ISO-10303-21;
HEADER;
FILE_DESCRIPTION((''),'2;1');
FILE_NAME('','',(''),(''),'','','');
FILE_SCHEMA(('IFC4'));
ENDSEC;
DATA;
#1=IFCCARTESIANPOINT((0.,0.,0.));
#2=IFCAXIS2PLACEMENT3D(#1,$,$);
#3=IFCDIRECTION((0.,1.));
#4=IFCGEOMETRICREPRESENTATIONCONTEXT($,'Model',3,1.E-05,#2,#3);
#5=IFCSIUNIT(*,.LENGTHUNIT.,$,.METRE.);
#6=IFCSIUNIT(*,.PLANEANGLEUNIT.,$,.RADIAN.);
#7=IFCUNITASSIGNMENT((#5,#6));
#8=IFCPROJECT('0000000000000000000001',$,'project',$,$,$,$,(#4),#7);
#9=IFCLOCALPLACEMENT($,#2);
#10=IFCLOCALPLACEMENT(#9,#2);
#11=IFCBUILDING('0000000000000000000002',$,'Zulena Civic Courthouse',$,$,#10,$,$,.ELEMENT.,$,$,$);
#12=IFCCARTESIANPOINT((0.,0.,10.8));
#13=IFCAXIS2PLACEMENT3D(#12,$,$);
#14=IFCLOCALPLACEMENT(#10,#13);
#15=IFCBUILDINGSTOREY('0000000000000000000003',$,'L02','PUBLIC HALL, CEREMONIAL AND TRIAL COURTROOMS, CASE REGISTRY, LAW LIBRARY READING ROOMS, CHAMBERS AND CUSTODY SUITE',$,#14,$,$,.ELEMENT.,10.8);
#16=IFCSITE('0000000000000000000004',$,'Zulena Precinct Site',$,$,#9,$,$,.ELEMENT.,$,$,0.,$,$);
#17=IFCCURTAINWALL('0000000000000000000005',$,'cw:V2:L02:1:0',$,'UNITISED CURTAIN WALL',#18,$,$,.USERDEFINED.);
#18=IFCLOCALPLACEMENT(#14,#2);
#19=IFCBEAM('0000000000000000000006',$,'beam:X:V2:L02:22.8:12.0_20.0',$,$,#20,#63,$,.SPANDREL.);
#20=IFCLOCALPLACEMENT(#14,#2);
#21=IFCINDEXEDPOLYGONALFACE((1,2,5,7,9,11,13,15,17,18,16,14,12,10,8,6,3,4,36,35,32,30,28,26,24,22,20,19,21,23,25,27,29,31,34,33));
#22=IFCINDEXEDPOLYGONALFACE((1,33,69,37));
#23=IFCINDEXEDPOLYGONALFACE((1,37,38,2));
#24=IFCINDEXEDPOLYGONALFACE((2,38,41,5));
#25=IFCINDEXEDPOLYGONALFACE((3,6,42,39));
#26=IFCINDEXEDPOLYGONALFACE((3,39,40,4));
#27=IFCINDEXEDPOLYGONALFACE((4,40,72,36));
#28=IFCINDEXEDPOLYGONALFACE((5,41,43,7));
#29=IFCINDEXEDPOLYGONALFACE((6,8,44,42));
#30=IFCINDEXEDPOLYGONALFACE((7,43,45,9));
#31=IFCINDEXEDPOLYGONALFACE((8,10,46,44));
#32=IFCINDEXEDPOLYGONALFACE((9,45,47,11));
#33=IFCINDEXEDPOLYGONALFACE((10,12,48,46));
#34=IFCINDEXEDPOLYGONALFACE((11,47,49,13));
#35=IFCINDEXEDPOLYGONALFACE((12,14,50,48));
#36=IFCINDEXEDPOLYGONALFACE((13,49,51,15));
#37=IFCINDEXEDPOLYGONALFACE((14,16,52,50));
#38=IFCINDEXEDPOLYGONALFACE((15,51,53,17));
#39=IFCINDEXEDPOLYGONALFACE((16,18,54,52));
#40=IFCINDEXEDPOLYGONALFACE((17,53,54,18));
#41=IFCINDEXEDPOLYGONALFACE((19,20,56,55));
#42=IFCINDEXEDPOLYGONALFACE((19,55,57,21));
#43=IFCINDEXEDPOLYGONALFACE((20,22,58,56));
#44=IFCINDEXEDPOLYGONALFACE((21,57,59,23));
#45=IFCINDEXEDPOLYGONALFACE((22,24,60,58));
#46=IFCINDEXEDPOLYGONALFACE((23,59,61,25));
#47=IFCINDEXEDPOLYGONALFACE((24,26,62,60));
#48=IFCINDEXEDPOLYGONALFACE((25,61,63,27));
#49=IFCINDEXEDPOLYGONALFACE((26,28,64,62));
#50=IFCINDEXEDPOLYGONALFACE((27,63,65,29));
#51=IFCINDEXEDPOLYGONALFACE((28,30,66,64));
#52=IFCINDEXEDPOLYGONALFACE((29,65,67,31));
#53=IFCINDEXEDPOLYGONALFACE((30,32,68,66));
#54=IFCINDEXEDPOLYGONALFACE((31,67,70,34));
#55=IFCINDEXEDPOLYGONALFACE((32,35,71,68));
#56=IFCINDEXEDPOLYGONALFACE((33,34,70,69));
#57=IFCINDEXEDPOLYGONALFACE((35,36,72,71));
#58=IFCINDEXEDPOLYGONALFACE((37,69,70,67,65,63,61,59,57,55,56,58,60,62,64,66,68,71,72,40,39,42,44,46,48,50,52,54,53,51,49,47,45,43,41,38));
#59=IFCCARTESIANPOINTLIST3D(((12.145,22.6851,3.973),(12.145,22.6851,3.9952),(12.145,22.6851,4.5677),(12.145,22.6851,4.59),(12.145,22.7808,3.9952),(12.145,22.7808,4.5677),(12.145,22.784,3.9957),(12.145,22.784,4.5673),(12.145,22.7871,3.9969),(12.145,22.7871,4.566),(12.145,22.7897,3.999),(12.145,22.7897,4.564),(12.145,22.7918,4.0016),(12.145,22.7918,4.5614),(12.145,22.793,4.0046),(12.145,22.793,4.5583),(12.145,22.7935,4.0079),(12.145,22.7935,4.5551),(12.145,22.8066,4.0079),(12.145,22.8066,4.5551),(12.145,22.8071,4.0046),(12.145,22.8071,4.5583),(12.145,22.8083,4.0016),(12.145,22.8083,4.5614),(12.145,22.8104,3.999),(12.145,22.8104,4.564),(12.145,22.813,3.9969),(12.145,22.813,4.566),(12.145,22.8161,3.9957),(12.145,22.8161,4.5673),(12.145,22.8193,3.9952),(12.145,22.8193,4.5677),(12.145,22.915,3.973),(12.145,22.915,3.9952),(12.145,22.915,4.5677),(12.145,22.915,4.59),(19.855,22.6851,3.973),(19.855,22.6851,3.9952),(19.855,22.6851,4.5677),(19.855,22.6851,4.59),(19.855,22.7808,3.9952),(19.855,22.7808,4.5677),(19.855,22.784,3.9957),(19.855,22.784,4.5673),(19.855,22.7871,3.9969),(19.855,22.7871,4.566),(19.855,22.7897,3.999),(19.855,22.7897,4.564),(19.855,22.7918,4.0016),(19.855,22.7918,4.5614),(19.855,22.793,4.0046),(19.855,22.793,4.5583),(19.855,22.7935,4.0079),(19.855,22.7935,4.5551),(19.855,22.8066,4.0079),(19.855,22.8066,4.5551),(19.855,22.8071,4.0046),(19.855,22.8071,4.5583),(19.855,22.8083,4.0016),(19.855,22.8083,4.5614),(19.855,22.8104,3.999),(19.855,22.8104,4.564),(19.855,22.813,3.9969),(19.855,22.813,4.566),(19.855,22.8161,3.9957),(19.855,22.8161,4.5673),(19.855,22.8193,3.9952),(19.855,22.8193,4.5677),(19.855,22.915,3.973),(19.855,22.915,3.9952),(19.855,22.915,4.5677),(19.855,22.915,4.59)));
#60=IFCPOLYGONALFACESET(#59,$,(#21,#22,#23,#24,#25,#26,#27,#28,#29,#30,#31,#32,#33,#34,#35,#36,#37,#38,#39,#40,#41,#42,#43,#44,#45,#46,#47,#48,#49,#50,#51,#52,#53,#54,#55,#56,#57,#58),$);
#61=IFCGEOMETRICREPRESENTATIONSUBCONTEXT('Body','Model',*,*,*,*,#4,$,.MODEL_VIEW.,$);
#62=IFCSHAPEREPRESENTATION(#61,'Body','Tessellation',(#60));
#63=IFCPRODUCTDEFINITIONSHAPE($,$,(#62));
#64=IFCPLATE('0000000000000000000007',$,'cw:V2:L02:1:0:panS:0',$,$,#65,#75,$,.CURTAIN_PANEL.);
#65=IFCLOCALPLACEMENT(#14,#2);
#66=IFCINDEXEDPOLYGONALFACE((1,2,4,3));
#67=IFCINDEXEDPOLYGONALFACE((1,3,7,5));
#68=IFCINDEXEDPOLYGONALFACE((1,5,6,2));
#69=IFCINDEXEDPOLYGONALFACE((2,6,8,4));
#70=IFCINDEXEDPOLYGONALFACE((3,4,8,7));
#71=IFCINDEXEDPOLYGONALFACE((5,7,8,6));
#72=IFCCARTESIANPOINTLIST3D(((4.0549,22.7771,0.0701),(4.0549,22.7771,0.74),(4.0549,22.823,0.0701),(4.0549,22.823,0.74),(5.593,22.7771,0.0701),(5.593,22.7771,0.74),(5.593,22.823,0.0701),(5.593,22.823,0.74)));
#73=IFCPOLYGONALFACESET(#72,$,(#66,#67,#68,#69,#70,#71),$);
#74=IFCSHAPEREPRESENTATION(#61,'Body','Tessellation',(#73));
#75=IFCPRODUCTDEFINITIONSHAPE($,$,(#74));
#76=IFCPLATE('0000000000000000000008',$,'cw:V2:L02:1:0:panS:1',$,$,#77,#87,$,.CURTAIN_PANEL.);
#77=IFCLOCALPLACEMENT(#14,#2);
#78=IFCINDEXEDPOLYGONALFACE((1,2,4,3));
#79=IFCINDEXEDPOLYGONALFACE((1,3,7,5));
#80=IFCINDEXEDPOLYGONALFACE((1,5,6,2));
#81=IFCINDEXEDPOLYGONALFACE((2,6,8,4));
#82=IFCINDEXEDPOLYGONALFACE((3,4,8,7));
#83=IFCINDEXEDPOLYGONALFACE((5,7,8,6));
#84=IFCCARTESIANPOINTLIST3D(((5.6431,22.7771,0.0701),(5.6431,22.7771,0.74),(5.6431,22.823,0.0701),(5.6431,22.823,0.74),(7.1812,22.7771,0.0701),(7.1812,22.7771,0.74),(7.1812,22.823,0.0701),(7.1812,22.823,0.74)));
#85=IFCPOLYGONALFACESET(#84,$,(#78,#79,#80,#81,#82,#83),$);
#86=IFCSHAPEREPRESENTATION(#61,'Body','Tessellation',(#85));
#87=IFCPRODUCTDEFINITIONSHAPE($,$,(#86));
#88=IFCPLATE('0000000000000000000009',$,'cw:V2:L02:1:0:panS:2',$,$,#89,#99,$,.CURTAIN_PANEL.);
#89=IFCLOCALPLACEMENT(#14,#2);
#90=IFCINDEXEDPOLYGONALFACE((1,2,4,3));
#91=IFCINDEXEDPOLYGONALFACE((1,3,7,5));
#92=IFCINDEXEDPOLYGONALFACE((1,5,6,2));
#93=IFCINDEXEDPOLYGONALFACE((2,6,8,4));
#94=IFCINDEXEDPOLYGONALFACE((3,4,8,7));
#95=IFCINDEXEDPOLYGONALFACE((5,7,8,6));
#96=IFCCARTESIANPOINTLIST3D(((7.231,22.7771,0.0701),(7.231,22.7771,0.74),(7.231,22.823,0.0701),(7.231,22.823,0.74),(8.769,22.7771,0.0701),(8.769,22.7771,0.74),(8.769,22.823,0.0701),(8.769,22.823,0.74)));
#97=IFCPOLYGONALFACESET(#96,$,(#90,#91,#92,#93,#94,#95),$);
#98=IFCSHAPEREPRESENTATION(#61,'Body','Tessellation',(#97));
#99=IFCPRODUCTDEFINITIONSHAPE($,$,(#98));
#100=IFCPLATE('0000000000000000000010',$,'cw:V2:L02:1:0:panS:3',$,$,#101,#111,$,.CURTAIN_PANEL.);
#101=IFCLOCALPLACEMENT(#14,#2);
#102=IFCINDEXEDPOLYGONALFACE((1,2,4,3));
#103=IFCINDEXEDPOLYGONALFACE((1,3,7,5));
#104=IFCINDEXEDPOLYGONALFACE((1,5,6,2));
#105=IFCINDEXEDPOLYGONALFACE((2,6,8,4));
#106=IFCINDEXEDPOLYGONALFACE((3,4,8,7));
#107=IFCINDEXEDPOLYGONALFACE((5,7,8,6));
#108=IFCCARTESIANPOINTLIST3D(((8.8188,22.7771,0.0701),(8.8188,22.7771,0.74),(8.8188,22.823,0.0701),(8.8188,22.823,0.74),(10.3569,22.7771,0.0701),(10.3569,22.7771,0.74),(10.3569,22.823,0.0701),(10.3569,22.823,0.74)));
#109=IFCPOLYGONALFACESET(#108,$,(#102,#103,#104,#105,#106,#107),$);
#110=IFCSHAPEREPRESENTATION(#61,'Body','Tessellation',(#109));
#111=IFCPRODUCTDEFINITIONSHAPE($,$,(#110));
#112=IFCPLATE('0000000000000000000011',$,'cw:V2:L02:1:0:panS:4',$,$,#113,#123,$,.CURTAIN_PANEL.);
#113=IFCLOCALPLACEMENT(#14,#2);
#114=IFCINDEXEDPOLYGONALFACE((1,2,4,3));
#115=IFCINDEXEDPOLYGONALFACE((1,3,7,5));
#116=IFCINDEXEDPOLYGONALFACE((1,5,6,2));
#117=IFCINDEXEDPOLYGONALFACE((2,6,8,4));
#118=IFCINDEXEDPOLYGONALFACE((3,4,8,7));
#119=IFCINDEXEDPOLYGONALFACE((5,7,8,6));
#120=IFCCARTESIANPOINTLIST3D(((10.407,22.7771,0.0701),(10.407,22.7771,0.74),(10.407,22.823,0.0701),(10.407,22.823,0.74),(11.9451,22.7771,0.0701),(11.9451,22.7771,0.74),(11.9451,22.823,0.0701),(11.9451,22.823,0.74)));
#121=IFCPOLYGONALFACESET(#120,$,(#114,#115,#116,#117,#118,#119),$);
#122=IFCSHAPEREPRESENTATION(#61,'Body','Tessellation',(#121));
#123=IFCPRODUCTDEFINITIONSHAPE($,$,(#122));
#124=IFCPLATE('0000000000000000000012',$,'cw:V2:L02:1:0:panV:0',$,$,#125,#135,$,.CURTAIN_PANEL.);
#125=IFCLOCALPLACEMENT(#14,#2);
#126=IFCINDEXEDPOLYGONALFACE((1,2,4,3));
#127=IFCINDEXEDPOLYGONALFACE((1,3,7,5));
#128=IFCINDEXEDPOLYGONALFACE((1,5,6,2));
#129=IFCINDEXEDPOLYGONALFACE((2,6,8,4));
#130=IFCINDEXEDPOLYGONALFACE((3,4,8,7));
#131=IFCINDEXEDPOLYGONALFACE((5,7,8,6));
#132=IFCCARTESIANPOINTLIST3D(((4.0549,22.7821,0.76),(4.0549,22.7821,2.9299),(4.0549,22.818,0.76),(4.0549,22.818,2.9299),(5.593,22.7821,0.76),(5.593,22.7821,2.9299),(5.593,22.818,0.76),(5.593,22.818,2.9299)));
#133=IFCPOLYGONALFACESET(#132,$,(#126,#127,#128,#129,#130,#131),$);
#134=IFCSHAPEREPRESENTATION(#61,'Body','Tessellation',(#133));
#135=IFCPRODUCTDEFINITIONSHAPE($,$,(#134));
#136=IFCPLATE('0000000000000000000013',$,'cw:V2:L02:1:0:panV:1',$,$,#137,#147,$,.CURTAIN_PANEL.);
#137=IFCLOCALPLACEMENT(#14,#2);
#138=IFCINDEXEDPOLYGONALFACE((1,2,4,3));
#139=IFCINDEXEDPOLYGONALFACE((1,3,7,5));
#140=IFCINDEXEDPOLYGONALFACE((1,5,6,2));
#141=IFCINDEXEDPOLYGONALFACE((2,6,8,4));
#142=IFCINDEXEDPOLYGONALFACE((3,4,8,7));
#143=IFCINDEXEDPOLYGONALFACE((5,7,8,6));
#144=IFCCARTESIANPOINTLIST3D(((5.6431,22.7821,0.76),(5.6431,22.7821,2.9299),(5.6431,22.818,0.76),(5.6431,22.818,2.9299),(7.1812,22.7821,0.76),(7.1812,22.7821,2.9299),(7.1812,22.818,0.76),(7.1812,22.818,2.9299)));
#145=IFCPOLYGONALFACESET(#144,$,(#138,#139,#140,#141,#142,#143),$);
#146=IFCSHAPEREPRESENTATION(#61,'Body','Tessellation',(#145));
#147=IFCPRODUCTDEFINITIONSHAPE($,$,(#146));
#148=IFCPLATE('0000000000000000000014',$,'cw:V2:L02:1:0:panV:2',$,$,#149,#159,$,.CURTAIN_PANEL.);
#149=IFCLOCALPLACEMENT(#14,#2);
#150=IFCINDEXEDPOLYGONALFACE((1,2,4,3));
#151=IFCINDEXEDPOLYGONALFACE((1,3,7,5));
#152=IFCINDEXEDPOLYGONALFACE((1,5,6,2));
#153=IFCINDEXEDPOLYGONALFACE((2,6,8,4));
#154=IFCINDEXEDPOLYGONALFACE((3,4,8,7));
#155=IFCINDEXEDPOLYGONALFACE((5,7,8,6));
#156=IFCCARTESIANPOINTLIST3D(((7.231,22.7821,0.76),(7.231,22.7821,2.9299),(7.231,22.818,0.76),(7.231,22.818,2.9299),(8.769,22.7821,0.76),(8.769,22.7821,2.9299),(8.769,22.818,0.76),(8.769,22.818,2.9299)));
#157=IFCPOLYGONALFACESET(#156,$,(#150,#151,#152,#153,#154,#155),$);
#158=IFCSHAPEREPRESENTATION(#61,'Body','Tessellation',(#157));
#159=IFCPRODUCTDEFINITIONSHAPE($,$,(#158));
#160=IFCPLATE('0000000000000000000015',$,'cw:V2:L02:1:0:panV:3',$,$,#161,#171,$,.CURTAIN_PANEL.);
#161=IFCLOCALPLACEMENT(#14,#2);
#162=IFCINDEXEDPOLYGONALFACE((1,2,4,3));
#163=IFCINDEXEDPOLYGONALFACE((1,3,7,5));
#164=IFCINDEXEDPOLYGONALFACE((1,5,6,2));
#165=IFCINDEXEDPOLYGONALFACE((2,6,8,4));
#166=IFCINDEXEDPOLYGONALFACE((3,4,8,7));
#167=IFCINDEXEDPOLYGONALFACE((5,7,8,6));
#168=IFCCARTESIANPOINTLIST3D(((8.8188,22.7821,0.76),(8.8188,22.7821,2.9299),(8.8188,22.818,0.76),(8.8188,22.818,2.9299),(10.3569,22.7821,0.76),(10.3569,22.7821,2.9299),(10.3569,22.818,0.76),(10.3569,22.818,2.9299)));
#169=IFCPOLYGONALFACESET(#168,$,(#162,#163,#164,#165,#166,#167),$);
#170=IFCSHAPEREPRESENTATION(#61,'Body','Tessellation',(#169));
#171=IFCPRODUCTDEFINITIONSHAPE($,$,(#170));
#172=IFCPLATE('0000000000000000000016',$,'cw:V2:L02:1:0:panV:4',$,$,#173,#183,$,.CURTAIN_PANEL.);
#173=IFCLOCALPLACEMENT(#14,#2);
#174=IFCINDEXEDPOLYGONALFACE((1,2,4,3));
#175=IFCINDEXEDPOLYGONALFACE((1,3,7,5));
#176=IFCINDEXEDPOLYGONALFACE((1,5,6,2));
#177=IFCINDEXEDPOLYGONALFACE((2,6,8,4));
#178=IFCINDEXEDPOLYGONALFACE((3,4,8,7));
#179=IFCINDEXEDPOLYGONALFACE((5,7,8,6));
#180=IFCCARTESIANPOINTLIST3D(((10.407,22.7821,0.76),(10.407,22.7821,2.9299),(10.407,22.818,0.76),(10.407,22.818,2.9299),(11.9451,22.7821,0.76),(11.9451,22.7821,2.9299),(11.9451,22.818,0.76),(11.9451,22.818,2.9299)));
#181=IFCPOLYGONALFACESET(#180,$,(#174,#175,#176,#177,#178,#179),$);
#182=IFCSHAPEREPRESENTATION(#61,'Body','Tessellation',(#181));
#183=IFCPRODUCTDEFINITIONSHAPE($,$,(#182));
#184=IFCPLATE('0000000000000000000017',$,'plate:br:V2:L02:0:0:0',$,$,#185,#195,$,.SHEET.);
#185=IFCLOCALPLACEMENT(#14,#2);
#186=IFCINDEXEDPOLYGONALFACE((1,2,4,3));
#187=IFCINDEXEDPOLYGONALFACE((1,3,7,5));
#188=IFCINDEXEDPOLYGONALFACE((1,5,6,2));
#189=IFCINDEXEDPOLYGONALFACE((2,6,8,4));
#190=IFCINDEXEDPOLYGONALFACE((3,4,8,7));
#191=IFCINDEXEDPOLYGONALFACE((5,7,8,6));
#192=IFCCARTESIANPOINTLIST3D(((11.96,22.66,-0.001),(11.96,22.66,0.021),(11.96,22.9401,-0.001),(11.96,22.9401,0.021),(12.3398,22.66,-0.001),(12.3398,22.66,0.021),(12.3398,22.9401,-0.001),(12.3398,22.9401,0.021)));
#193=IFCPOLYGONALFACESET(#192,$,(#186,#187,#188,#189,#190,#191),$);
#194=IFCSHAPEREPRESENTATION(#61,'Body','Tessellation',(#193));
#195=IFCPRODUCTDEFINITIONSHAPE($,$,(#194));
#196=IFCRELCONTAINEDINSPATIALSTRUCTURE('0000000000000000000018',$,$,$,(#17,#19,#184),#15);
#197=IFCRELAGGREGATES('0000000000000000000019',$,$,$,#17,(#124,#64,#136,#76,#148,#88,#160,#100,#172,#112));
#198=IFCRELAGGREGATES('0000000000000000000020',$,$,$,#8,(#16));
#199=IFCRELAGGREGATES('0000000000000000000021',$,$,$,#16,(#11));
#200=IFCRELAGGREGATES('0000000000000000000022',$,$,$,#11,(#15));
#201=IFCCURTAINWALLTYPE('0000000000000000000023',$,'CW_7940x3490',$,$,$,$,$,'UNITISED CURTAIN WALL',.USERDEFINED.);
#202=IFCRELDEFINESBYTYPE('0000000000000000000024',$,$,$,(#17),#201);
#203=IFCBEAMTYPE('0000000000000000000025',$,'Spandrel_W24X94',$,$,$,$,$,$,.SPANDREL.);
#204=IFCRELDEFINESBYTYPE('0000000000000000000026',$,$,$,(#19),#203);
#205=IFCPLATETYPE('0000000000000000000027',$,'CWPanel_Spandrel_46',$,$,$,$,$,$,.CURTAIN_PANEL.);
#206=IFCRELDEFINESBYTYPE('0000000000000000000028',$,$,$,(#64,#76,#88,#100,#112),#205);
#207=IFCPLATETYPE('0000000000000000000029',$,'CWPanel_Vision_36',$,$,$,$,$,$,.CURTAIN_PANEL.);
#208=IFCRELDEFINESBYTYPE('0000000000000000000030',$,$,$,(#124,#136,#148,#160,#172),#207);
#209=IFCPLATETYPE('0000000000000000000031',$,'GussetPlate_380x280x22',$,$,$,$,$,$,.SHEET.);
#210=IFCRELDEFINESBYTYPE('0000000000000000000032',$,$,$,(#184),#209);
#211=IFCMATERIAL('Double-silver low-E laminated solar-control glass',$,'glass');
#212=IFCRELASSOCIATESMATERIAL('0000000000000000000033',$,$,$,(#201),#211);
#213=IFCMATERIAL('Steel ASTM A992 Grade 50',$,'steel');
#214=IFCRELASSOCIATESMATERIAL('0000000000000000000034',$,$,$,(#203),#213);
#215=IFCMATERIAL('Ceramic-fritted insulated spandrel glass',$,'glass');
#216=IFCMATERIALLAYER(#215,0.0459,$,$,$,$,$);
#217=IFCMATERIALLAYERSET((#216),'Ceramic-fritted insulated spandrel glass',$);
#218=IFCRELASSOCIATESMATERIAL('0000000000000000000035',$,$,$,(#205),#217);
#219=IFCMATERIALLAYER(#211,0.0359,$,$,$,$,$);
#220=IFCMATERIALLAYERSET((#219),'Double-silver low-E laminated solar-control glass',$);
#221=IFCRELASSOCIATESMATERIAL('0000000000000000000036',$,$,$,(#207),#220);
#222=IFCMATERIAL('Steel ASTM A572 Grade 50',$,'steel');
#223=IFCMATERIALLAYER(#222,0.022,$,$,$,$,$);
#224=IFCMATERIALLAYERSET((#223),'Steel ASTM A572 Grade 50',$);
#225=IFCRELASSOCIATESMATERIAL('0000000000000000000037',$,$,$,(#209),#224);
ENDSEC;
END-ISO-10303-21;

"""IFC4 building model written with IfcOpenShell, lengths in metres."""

from ifc_helpers import new_model, si_unit, direction, frame, origin, origin_2d, place, context, subcontext, project, spatial, rectangle, i_section, extrude, material, layer, layer_set, material_profile, profile_set, type_object, element, aggregate, save


model = new_model("IFC4")

# Units and contexts
model_context = context("Model", 3, precision=1e-05, world=origin(), true_north=direction((0.0, 1.0)))
body_context = subcontext(model_context, "Body", "Model", "MODEL_VIEW")
ifc_project = project(units=[si_unit("LENGTHUNIT", "METRE"), si_unit("PLANEANGLEUNIT", "RADIAN")], contexts=[model_context])

# Site, building, storey
site_placement = place(None, origin())
site = spatial("IfcSite", under=ifc_project, at=site_placement, Name="Zulena Precinct Site", CompositionType="ELEMENT", RefElevation=0.0)
building_placement = place(site_placement, origin())
building = spatial("IfcBuilding", under=site, at=building_placement, Name="Zulena Civic Courthouse", CompositionType="ELEMENT")
storey_placement = place(building_placement, frame((0.0, 0.0, 10.8)))
storey = spatial("IfcBuildingStorey", under=building, at=storey_placement, Name="L02", Description="PUBLIC HALL, CEREMONIAL AND TRIAL COURTROOMS, CASE REGISTRY, LAW LIBRARY READING ROOMS, CHAMBERS AND CUSTODY SUITE", CompositionType="ELEMENT", Elevation=10.8)

# Shared definitions
ifc_material_1 = material(Name="Steel ASTM A992 Grade 50", Category="steel")

# Curtain wall
ifc_material_2 = material(Name="Double-silver low-E laminated solar-control glass", Category="glass")
curtain_wall_type = type_object("IfcCurtainWallType", Name="CW_7940x3490", ElementType="UNITISED CURTAIN WALL", PredefinedType="USERDEFINED", material=ifc_material_2)
curtain_wall_placement = place(storey_placement, origin())
curtain_wall = element("IfcCurtainWall", 1, at=curtain_wall_placement, inside=storey, type_object=curtain_wall_type, Name="cw:V2:L02:1:0", ObjectType="UNITISED CURTAIN WALL", PredefinedType="USERDEFINED")

# Beam
ifc_material_profile_1 = material_profile(ifc_material_1, i_section(OverallWidth=0.23, OverallDepth=0.6169, WebThickness=0.0132, FlangeThickness=0.0222, FilletRadius=0.0127, at=origin_2d()), Name="W24X94")
ifc_profile_set_1 = profile_set([ifc_material_profile_1], Name="Steel ASTM A992 Grade 50")
beam_type_1 = type_object("IfcBeamType", Name="Spandrel_W24X94", PredefinedType="SPANDREL", material=ifc_profile_set_1)
for number, where, z_axis, x_axis, name in (
    (2, (12.145, 22.8, 4.2815), (1.0, 0.0, 0.0), (0.0, 1.0, 0.0), "beam:X:V2:L02:22.8:12.0_20.0"),
):
    element("IfcBeam", number, at=place(storey_placement, frame(where, z_axis=z_axis, x_axis=x_axis)), inside=storey, type_object=beam_type_1, Name=name, PredefinedType="SPANDREL", context=body_context, shape_type="SweptSolid", body=[
        extrude(i_section(OverallWidth=0.23, OverallDepth=0.6169, WebThickness=0.0132, FlangeThickness=0.0222, FilletRadius=0.0127, at=origin_2d()), origin(), (0.0, 0.0, 1.0), 7.71),
    ])

# Plates
ifc_material_3 = material(Name="Ceramic-fritted insulated spandrel glass", Category="glass")
ifc_layer_1 = layer(ifc_material_3, 0.0459)
ifc_layer_set_1 = layer_set([ifc_layer_1], Name="Ceramic-fritted insulated spandrel glass")
plate_type_1 = type_object("IfcPlateType", Name="CWPanel_Spandrel_46", PredefinedType="CURTAIN_PANEL", material=ifc_layer_set_1)
plate_1_placement = place(storey_placement, frame((4.824, 22.8, 0.0701), z_axis=(0.0, 0.0, 1.0), x_axis=(1.0, 0.0, 0.0)))
plate_1 = element("IfcPlate", 3, at=plate_1_placement, type_object=plate_type_1, Name="cw:V2:L02:1:0:panS:0", PredefinedType="CURTAIN_PANEL", context=body_context, shape_type="SweptSolid", body=[
    extrude(rectangle(XDim=1.5381, YDim=0.0459, at=origin_2d()), origin(), (0.0, 0.0, 1.0), 0.6699),
])
plate_2_placement = place(storey_placement, frame((6.4121, 22.8, 0.0701), z_axis=(0.0, 0.0, 1.0), x_axis=(1.0, 0.0, 0.0)))
plate_2 = element("IfcPlate", 4, at=plate_2_placement, type_object=plate_type_1, Name="cw:V2:L02:1:0:panS:1", PredefinedType="CURTAIN_PANEL", context=body_context, shape_type="SweptSolid", body=[
    extrude(rectangle(XDim=1.5381, YDim=0.0459, at=origin_2d()), origin(), (0.0, 0.0, 1.0), 0.6699),
])
plate_3_placement = place(storey_placement, frame((8.0, 22.8, 0.0701), z_axis=(0.0, 0.0, 1.0), x_axis=(1.0, 0.0, 0.0)))
plate_3 = element("IfcPlate", 5, at=plate_3_placement, type_object=plate_type_1, Name="cw:V2:L02:1:0:panS:2", PredefinedType="CURTAIN_PANEL", context=body_context, shape_type="SweptSolid", body=[
    extrude(rectangle(XDim=1.5381, YDim=0.0459, at=origin_2d()), origin(), (0.0, 0.0, 1.0), 0.6699),
])
plate_4_placement = place(storey_placement, frame((9.5879, 22.8, 0.0701), z_axis=(0.0, 0.0, 1.0), x_axis=(1.0, 0.0, 0.0)))
plate_4 = element("IfcPlate", 6, at=plate_4_placement, type_object=plate_type_1, Name="cw:V2:L02:1:0:panS:3", PredefinedType="CURTAIN_PANEL", context=body_context, shape_type="SweptSolid", body=[
    extrude(rectangle(XDim=1.5381, YDim=0.0459, at=origin_2d()), origin(), (0.0, 0.0, 1.0), 0.6699),
])
plate_5_placement = place(storey_placement, frame((11.176, 22.8, 0.0701), z_axis=(0.0, 0.0, 1.0), x_axis=(1.0, 0.0, 0.0)))
plate_5 = element("IfcPlate", 7, at=plate_5_placement, type_object=plate_type_1, Name="cw:V2:L02:1:0:panS:4", PredefinedType="CURTAIN_PANEL", context=body_context, shape_type="SweptSolid", body=[
    extrude(rectangle(XDim=1.5381, YDim=0.0459, at=origin_2d()), origin(), (0.0, 0.0, 1.0), 0.6699),
])
ifc_layer_2 = layer(ifc_material_2, 0.0359)
ifc_layer_set_2 = layer_set([ifc_layer_2], Name="Double-silver low-E laminated solar-control glass")
plate_type_2 = type_object("IfcPlateType", Name="CWPanel_Vision_36", PredefinedType="CURTAIN_PANEL", material=ifc_layer_set_2)
plate_6_placement = place(storey_placement, frame((4.824, 22.8, 0.76), z_axis=(0.0, 0.0, 1.0), x_axis=(1.0, 0.0, 0.0)))
plate_6 = element("IfcPlate", 8, at=plate_6_placement, type_object=plate_type_2, Name="cw:V2:L02:1:0:panV:0", PredefinedType="CURTAIN_PANEL", context=body_context, shape_type="SweptSolid", body=[
    extrude(rectangle(XDim=1.5381, YDim=0.0359, at=origin_2d()), origin(), (0.0, 0.0, 1.0), 2.1699),
])
plate_7_placement = place(storey_placement, frame((6.4121, 22.8, 0.76), z_axis=(0.0, 0.0, 1.0), x_axis=(1.0, 0.0, 0.0)))
plate_7 = element("IfcPlate", 9, at=plate_7_placement, type_object=plate_type_2, Name="cw:V2:L02:1:0:panV:1", PredefinedType="CURTAIN_PANEL", context=body_context, shape_type="SweptSolid", body=[
    extrude(rectangle(XDim=1.5381, YDim=0.0359, at=origin_2d()), origin(), (0.0, 0.0, 1.0), 2.1699),
])
plate_8_placement = place(storey_placement, frame((8.0, 22.8, 0.76), z_axis=(0.0, 0.0, 1.0), x_axis=(1.0, 0.0, 0.0)))
plate_8 = element("IfcPlate", 10, at=plate_8_placement, type_object=plate_type_2, Name="cw:V2:L02:1:0:panV:2", PredefinedType="CURTAIN_PANEL", context=body_context, shape_type="SweptSolid", body=[
    extrude(rectangle(XDim=1.5381, YDim=0.0359, at=origin_2d()), origin(), (0.0, 0.0, 1.0), 2.1699),
])
plate_9_placement = place(storey_placement, frame((9.5879, 22.8, 0.76), z_axis=(0.0, 0.0, 1.0), x_axis=(1.0, 0.0, 0.0)))
plate_9 = element("IfcPlate", 11, at=plate_9_placement, type_object=plate_type_2, Name="cw:V2:L02:1:0:panV:3", PredefinedType="CURTAIN_PANEL", context=body_context, shape_type="SweptSolid", body=[
    extrude(rectangle(XDim=1.5381, YDim=0.0359, at=origin_2d()), origin(), (0.0, 0.0, 1.0), 2.1699),
])
plate_10_placement = place(storey_placement, frame((11.176, 22.8, 0.76), z_axis=(0.0, 0.0, 1.0), x_axis=(1.0, 0.0, 0.0)))
plate_10 = element("IfcPlate", 12, at=plate_10_placement, type_object=plate_type_2, Name="cw:V2:L02:1:0:panV:4", PredefinedType="CURTAIN_PANEL", context=body_context, shape_type="SweptSolid", body=[
    extrude(rectangle(XDim=1.5381, YDim=0.0359, at=origin_2d()), origin(), (0.0, 0.0, 1.0), 2.1699),
])
aggregate(curtain_wall, [plate_6, plate_1, plate_7, plate_2, plate_8, plate_3, plate_9, plate_4, plate_10, plate_5])
ifc_material_4 = material(Name="Steel ASTM A572 Grade 50", Category="steel")
ifc_layer_3 = layer(ifc_material_4, 0.022)
ifc_layer_set_3 = layer_set([ifc_layer_3], Name="Steel ASTM A572 Grade 50")
plate_type_3 = type_object("IfcPlateType", Name="GussetPlate_380x280x22", PredefinedType="SHEET", material=ifc_layer_set_3)
plate_11_placement = place(storey_placement, frame((12.1499, 22.8, -0.001), z_axis=(0.0, 0.0, 1.0), x_axis=(1.0, 0.0, 0.0)))
element("IfcPlate", 13, at=plate_11_placement, inside=storey, type_object=plate_type_3, Name="plate:br:V2:L02:0:0:0", PredefinedType="SHEET", context=body_context, shape_type="SweptSolid", body=[
    extrude(rectangle(XDim=0.3799, YDim=0.28, at=origin_2d()), origin(), (0.0, 0.0, 1.0), 0.022),
])

save(model, "model.ifc")
